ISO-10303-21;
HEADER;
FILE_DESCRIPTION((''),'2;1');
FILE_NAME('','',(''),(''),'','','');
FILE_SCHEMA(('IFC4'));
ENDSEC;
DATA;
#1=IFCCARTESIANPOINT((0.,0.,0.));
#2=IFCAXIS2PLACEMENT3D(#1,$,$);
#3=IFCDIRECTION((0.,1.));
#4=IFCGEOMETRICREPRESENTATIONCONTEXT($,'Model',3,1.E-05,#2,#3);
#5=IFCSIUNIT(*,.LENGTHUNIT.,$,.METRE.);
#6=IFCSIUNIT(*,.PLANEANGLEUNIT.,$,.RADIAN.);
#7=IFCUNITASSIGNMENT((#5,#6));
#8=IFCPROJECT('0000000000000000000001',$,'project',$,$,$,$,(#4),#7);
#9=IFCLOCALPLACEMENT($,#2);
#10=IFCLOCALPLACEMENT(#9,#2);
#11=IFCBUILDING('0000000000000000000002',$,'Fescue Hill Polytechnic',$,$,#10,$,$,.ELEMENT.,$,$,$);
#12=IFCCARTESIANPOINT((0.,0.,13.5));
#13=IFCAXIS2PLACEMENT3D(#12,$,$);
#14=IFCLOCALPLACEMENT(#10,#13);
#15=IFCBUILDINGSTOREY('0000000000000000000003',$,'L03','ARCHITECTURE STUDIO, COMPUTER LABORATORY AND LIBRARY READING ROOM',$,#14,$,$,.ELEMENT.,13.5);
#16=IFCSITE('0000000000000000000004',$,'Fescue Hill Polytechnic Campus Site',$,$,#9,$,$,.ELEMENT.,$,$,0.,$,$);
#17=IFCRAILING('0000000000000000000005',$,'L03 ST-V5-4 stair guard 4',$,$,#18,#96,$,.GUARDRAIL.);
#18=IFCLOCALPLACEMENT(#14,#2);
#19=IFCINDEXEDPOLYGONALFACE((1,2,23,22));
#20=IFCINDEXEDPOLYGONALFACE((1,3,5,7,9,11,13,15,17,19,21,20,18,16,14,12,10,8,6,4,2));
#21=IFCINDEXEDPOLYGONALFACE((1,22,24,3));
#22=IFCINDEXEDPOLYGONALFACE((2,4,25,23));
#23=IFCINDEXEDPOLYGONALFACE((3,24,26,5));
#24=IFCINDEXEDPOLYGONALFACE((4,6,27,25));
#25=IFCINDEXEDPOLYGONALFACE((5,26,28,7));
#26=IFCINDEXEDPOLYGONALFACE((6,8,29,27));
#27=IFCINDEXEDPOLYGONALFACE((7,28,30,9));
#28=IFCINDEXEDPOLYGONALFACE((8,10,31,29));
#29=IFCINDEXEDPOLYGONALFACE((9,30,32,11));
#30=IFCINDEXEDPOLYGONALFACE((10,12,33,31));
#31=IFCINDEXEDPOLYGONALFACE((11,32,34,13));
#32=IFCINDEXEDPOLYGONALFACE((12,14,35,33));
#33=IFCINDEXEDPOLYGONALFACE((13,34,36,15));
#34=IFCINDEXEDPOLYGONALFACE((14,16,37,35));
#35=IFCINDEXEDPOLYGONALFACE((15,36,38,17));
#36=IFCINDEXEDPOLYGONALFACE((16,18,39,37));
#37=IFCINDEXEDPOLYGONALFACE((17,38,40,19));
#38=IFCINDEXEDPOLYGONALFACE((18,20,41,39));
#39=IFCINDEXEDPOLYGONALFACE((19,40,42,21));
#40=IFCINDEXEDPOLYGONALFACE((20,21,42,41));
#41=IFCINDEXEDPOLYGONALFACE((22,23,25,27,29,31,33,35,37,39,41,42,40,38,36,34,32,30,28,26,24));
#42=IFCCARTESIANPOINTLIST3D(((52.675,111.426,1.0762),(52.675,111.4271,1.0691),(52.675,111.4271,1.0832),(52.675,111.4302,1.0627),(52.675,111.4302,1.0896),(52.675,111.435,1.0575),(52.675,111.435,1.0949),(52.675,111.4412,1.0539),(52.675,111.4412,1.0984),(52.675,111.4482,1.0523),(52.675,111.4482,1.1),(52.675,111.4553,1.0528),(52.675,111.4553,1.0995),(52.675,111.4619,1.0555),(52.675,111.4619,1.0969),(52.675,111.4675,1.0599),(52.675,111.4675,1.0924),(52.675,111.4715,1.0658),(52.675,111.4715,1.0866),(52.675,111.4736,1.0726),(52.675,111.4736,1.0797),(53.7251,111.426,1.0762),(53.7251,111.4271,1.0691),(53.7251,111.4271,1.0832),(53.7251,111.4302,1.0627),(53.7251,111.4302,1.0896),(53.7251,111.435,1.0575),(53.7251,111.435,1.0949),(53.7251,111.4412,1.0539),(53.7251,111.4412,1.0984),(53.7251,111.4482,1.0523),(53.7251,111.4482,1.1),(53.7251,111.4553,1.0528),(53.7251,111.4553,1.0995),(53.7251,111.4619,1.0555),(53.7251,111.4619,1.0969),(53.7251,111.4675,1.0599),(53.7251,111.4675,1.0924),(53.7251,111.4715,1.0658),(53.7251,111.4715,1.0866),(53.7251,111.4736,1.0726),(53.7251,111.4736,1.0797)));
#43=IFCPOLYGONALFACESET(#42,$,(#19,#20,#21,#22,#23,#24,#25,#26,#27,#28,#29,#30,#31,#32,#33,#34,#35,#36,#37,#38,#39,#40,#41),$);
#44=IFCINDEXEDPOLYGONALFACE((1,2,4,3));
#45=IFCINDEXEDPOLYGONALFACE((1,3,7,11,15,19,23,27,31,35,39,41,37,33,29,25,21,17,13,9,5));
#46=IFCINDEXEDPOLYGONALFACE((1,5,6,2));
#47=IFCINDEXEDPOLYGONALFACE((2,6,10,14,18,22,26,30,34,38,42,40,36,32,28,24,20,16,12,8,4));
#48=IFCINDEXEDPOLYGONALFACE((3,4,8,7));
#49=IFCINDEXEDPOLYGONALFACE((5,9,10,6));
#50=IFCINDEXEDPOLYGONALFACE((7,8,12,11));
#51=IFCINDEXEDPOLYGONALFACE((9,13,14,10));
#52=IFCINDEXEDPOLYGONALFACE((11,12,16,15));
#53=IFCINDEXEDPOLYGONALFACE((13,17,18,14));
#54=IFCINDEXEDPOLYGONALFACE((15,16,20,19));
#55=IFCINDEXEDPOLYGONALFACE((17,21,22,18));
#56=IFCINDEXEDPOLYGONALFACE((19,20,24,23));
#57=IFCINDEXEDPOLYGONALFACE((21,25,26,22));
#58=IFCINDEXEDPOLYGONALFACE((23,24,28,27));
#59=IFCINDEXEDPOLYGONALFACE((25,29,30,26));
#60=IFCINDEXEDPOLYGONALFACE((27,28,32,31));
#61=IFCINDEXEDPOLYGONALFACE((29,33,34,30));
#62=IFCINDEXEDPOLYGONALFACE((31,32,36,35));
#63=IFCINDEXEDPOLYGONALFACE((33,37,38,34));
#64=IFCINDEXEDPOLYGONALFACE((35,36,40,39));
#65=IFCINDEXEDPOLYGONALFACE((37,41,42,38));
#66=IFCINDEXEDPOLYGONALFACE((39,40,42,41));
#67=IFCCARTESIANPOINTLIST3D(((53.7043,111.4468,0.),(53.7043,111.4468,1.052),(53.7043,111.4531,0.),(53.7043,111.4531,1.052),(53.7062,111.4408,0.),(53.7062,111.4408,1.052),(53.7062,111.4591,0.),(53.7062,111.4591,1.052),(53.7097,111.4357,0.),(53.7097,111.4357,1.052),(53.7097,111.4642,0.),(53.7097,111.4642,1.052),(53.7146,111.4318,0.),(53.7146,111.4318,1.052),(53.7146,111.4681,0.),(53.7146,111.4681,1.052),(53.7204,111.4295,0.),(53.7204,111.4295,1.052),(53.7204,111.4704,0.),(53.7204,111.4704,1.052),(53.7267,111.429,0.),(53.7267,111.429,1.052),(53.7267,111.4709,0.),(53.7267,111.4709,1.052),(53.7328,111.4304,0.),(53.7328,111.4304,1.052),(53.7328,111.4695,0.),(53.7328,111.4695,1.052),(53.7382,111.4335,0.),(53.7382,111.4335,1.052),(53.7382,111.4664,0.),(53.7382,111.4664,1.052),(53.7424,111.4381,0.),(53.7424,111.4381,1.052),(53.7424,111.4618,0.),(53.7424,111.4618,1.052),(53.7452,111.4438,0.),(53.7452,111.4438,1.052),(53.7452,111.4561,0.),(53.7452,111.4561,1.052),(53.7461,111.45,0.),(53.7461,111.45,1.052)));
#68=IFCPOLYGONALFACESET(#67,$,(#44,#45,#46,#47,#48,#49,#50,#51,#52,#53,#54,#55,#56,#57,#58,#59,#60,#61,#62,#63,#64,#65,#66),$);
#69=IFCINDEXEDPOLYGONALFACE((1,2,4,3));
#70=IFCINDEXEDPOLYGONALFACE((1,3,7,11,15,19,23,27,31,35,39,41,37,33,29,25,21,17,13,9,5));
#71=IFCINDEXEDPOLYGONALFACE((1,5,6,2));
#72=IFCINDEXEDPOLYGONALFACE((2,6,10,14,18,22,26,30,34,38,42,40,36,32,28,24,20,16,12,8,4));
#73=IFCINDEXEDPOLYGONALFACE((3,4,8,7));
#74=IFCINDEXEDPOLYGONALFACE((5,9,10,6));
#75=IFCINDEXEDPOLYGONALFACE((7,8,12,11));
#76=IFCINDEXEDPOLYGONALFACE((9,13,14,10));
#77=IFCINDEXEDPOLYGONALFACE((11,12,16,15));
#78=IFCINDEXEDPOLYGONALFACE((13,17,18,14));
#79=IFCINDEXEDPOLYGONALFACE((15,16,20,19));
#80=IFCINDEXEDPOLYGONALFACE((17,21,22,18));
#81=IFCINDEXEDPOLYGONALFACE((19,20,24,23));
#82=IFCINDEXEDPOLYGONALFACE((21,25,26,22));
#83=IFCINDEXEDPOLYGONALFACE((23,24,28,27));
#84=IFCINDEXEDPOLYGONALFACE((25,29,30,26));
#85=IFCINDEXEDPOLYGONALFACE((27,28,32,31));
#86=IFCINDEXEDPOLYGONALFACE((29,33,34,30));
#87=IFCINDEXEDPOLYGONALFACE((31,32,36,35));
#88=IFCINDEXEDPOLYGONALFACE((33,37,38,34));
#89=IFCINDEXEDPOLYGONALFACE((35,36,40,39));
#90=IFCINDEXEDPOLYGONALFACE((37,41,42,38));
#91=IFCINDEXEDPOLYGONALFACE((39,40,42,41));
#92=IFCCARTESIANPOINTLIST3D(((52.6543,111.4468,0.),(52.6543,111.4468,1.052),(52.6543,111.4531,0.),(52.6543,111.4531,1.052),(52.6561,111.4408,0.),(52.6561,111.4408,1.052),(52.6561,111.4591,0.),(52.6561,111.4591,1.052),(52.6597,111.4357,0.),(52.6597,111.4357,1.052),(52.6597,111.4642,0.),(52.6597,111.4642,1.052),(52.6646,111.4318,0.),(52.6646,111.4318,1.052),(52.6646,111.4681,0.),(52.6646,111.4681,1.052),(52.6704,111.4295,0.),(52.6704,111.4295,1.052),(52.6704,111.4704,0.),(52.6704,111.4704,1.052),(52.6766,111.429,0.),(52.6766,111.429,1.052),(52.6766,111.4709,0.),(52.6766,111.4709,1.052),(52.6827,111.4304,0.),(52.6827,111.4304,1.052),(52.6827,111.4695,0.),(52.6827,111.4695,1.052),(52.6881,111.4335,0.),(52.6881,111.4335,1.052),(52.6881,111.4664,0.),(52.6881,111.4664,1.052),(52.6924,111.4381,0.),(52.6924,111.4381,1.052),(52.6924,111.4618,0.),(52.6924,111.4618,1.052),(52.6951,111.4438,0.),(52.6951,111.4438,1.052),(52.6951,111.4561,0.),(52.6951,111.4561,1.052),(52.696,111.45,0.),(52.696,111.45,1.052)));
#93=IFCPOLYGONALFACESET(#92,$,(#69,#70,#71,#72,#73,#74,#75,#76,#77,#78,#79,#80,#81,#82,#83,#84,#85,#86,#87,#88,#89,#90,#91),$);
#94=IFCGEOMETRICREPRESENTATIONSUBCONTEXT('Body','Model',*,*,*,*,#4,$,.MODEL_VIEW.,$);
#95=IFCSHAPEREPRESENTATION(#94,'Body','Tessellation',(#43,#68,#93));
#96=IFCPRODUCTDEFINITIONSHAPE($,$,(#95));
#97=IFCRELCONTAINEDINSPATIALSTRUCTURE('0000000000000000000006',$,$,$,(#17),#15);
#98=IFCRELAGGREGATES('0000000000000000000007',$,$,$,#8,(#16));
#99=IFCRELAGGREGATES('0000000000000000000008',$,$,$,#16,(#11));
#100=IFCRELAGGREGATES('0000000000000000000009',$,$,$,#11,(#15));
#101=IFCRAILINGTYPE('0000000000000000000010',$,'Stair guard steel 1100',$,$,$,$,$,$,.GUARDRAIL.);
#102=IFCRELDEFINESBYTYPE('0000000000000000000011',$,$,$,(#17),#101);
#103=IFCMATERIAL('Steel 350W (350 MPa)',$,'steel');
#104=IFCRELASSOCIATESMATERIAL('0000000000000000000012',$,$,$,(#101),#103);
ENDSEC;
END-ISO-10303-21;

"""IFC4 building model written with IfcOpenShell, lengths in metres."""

from ifc_helpers import new_model, si_unit, direction, frame, origin, origin_2d, place, context, subcontext, project, spatial, circle, extrude, material, type_object, element, save


model = new_model("IFC4")

# Units and contexts
model_context = context("Model", 3, precision=1e-05, world=origin(), true_north=direction((0.0, 1.0)))
body_context = subcontext(model_context, "Body", "Model", "MODEL_VIEW")
ifc_project = project(units=[si_unit("LENGTHUNIT", "METRE"), si_unit("PLANEANGLEUNIT", "RADIAN")], contexts=[model_context])

# Site, building, storey
site_placement = place(None, origin())
site = spatial("IfcSite", under=ifc_project, at=site_placement, Name="Fescue Hill Polytechnic Campus Site", CompositionType="ELEMENT", RefElevation=0.0)
building_placement = place(site_placement, origin())
building = spatial("IfcBuilding", under=site, at=building_placement, Name="Fescue Hill Polytechnic", CompositionType="ELEMENT")
storey_placement = place(building_placement, frame((0.0, 0.0, 13.5)))
storey = spatial("IfcBuildingStorey", under=building, at=storey_placement, Name="L03", Description="ARCHITECTURE STUDIO, COMPUTER LABORATORY AND LIBRARY READING ROOM", CompositionType="ELEMENT", Elevation=13.5)

# Railing
ifc_material_1 = material(Name="Steel 350W (350 MPa)", Category="steel")
railing_type_1 = type_object("IfcRailingType", Name="Stair guard steel 1100", PredefinedType="GUARDRAIL", material=ifc_material_1)
railing_1_placement = place(storey_placement, frame((53.7251, 111.45, 0.0)))
element("IfcRailing", 1, at=railing_1_placement, inside=storey, type_object=railing_type_1, Name="L03 ST-V5-4 stair guard 4", PredefinedType="GUARDRAIL", context=body_context, shape_type="SweptSolid", body=[
    extrude(circle(Radius=0.0239, at=origin_2d()), frame((0.0, 0.0, 1.0762), z_axis=(-1.0, 0.0, 0.0), x_axis=(0.0, -1.0, 0.0)), (0.0, 0.0, 1.0), 1.05),
    extrude(circle(Radius=0.021, at=origin_2d()), origin(), (0.0, 0.0, 1.0), 1.052),
    extrude(circle(Radius=0.021, at=origin_2d()), frame((-1.05, 0.0, 0.0)), (0.0, 0.0, 1.0), 1.052),
])

save(model, "model.ifc")
